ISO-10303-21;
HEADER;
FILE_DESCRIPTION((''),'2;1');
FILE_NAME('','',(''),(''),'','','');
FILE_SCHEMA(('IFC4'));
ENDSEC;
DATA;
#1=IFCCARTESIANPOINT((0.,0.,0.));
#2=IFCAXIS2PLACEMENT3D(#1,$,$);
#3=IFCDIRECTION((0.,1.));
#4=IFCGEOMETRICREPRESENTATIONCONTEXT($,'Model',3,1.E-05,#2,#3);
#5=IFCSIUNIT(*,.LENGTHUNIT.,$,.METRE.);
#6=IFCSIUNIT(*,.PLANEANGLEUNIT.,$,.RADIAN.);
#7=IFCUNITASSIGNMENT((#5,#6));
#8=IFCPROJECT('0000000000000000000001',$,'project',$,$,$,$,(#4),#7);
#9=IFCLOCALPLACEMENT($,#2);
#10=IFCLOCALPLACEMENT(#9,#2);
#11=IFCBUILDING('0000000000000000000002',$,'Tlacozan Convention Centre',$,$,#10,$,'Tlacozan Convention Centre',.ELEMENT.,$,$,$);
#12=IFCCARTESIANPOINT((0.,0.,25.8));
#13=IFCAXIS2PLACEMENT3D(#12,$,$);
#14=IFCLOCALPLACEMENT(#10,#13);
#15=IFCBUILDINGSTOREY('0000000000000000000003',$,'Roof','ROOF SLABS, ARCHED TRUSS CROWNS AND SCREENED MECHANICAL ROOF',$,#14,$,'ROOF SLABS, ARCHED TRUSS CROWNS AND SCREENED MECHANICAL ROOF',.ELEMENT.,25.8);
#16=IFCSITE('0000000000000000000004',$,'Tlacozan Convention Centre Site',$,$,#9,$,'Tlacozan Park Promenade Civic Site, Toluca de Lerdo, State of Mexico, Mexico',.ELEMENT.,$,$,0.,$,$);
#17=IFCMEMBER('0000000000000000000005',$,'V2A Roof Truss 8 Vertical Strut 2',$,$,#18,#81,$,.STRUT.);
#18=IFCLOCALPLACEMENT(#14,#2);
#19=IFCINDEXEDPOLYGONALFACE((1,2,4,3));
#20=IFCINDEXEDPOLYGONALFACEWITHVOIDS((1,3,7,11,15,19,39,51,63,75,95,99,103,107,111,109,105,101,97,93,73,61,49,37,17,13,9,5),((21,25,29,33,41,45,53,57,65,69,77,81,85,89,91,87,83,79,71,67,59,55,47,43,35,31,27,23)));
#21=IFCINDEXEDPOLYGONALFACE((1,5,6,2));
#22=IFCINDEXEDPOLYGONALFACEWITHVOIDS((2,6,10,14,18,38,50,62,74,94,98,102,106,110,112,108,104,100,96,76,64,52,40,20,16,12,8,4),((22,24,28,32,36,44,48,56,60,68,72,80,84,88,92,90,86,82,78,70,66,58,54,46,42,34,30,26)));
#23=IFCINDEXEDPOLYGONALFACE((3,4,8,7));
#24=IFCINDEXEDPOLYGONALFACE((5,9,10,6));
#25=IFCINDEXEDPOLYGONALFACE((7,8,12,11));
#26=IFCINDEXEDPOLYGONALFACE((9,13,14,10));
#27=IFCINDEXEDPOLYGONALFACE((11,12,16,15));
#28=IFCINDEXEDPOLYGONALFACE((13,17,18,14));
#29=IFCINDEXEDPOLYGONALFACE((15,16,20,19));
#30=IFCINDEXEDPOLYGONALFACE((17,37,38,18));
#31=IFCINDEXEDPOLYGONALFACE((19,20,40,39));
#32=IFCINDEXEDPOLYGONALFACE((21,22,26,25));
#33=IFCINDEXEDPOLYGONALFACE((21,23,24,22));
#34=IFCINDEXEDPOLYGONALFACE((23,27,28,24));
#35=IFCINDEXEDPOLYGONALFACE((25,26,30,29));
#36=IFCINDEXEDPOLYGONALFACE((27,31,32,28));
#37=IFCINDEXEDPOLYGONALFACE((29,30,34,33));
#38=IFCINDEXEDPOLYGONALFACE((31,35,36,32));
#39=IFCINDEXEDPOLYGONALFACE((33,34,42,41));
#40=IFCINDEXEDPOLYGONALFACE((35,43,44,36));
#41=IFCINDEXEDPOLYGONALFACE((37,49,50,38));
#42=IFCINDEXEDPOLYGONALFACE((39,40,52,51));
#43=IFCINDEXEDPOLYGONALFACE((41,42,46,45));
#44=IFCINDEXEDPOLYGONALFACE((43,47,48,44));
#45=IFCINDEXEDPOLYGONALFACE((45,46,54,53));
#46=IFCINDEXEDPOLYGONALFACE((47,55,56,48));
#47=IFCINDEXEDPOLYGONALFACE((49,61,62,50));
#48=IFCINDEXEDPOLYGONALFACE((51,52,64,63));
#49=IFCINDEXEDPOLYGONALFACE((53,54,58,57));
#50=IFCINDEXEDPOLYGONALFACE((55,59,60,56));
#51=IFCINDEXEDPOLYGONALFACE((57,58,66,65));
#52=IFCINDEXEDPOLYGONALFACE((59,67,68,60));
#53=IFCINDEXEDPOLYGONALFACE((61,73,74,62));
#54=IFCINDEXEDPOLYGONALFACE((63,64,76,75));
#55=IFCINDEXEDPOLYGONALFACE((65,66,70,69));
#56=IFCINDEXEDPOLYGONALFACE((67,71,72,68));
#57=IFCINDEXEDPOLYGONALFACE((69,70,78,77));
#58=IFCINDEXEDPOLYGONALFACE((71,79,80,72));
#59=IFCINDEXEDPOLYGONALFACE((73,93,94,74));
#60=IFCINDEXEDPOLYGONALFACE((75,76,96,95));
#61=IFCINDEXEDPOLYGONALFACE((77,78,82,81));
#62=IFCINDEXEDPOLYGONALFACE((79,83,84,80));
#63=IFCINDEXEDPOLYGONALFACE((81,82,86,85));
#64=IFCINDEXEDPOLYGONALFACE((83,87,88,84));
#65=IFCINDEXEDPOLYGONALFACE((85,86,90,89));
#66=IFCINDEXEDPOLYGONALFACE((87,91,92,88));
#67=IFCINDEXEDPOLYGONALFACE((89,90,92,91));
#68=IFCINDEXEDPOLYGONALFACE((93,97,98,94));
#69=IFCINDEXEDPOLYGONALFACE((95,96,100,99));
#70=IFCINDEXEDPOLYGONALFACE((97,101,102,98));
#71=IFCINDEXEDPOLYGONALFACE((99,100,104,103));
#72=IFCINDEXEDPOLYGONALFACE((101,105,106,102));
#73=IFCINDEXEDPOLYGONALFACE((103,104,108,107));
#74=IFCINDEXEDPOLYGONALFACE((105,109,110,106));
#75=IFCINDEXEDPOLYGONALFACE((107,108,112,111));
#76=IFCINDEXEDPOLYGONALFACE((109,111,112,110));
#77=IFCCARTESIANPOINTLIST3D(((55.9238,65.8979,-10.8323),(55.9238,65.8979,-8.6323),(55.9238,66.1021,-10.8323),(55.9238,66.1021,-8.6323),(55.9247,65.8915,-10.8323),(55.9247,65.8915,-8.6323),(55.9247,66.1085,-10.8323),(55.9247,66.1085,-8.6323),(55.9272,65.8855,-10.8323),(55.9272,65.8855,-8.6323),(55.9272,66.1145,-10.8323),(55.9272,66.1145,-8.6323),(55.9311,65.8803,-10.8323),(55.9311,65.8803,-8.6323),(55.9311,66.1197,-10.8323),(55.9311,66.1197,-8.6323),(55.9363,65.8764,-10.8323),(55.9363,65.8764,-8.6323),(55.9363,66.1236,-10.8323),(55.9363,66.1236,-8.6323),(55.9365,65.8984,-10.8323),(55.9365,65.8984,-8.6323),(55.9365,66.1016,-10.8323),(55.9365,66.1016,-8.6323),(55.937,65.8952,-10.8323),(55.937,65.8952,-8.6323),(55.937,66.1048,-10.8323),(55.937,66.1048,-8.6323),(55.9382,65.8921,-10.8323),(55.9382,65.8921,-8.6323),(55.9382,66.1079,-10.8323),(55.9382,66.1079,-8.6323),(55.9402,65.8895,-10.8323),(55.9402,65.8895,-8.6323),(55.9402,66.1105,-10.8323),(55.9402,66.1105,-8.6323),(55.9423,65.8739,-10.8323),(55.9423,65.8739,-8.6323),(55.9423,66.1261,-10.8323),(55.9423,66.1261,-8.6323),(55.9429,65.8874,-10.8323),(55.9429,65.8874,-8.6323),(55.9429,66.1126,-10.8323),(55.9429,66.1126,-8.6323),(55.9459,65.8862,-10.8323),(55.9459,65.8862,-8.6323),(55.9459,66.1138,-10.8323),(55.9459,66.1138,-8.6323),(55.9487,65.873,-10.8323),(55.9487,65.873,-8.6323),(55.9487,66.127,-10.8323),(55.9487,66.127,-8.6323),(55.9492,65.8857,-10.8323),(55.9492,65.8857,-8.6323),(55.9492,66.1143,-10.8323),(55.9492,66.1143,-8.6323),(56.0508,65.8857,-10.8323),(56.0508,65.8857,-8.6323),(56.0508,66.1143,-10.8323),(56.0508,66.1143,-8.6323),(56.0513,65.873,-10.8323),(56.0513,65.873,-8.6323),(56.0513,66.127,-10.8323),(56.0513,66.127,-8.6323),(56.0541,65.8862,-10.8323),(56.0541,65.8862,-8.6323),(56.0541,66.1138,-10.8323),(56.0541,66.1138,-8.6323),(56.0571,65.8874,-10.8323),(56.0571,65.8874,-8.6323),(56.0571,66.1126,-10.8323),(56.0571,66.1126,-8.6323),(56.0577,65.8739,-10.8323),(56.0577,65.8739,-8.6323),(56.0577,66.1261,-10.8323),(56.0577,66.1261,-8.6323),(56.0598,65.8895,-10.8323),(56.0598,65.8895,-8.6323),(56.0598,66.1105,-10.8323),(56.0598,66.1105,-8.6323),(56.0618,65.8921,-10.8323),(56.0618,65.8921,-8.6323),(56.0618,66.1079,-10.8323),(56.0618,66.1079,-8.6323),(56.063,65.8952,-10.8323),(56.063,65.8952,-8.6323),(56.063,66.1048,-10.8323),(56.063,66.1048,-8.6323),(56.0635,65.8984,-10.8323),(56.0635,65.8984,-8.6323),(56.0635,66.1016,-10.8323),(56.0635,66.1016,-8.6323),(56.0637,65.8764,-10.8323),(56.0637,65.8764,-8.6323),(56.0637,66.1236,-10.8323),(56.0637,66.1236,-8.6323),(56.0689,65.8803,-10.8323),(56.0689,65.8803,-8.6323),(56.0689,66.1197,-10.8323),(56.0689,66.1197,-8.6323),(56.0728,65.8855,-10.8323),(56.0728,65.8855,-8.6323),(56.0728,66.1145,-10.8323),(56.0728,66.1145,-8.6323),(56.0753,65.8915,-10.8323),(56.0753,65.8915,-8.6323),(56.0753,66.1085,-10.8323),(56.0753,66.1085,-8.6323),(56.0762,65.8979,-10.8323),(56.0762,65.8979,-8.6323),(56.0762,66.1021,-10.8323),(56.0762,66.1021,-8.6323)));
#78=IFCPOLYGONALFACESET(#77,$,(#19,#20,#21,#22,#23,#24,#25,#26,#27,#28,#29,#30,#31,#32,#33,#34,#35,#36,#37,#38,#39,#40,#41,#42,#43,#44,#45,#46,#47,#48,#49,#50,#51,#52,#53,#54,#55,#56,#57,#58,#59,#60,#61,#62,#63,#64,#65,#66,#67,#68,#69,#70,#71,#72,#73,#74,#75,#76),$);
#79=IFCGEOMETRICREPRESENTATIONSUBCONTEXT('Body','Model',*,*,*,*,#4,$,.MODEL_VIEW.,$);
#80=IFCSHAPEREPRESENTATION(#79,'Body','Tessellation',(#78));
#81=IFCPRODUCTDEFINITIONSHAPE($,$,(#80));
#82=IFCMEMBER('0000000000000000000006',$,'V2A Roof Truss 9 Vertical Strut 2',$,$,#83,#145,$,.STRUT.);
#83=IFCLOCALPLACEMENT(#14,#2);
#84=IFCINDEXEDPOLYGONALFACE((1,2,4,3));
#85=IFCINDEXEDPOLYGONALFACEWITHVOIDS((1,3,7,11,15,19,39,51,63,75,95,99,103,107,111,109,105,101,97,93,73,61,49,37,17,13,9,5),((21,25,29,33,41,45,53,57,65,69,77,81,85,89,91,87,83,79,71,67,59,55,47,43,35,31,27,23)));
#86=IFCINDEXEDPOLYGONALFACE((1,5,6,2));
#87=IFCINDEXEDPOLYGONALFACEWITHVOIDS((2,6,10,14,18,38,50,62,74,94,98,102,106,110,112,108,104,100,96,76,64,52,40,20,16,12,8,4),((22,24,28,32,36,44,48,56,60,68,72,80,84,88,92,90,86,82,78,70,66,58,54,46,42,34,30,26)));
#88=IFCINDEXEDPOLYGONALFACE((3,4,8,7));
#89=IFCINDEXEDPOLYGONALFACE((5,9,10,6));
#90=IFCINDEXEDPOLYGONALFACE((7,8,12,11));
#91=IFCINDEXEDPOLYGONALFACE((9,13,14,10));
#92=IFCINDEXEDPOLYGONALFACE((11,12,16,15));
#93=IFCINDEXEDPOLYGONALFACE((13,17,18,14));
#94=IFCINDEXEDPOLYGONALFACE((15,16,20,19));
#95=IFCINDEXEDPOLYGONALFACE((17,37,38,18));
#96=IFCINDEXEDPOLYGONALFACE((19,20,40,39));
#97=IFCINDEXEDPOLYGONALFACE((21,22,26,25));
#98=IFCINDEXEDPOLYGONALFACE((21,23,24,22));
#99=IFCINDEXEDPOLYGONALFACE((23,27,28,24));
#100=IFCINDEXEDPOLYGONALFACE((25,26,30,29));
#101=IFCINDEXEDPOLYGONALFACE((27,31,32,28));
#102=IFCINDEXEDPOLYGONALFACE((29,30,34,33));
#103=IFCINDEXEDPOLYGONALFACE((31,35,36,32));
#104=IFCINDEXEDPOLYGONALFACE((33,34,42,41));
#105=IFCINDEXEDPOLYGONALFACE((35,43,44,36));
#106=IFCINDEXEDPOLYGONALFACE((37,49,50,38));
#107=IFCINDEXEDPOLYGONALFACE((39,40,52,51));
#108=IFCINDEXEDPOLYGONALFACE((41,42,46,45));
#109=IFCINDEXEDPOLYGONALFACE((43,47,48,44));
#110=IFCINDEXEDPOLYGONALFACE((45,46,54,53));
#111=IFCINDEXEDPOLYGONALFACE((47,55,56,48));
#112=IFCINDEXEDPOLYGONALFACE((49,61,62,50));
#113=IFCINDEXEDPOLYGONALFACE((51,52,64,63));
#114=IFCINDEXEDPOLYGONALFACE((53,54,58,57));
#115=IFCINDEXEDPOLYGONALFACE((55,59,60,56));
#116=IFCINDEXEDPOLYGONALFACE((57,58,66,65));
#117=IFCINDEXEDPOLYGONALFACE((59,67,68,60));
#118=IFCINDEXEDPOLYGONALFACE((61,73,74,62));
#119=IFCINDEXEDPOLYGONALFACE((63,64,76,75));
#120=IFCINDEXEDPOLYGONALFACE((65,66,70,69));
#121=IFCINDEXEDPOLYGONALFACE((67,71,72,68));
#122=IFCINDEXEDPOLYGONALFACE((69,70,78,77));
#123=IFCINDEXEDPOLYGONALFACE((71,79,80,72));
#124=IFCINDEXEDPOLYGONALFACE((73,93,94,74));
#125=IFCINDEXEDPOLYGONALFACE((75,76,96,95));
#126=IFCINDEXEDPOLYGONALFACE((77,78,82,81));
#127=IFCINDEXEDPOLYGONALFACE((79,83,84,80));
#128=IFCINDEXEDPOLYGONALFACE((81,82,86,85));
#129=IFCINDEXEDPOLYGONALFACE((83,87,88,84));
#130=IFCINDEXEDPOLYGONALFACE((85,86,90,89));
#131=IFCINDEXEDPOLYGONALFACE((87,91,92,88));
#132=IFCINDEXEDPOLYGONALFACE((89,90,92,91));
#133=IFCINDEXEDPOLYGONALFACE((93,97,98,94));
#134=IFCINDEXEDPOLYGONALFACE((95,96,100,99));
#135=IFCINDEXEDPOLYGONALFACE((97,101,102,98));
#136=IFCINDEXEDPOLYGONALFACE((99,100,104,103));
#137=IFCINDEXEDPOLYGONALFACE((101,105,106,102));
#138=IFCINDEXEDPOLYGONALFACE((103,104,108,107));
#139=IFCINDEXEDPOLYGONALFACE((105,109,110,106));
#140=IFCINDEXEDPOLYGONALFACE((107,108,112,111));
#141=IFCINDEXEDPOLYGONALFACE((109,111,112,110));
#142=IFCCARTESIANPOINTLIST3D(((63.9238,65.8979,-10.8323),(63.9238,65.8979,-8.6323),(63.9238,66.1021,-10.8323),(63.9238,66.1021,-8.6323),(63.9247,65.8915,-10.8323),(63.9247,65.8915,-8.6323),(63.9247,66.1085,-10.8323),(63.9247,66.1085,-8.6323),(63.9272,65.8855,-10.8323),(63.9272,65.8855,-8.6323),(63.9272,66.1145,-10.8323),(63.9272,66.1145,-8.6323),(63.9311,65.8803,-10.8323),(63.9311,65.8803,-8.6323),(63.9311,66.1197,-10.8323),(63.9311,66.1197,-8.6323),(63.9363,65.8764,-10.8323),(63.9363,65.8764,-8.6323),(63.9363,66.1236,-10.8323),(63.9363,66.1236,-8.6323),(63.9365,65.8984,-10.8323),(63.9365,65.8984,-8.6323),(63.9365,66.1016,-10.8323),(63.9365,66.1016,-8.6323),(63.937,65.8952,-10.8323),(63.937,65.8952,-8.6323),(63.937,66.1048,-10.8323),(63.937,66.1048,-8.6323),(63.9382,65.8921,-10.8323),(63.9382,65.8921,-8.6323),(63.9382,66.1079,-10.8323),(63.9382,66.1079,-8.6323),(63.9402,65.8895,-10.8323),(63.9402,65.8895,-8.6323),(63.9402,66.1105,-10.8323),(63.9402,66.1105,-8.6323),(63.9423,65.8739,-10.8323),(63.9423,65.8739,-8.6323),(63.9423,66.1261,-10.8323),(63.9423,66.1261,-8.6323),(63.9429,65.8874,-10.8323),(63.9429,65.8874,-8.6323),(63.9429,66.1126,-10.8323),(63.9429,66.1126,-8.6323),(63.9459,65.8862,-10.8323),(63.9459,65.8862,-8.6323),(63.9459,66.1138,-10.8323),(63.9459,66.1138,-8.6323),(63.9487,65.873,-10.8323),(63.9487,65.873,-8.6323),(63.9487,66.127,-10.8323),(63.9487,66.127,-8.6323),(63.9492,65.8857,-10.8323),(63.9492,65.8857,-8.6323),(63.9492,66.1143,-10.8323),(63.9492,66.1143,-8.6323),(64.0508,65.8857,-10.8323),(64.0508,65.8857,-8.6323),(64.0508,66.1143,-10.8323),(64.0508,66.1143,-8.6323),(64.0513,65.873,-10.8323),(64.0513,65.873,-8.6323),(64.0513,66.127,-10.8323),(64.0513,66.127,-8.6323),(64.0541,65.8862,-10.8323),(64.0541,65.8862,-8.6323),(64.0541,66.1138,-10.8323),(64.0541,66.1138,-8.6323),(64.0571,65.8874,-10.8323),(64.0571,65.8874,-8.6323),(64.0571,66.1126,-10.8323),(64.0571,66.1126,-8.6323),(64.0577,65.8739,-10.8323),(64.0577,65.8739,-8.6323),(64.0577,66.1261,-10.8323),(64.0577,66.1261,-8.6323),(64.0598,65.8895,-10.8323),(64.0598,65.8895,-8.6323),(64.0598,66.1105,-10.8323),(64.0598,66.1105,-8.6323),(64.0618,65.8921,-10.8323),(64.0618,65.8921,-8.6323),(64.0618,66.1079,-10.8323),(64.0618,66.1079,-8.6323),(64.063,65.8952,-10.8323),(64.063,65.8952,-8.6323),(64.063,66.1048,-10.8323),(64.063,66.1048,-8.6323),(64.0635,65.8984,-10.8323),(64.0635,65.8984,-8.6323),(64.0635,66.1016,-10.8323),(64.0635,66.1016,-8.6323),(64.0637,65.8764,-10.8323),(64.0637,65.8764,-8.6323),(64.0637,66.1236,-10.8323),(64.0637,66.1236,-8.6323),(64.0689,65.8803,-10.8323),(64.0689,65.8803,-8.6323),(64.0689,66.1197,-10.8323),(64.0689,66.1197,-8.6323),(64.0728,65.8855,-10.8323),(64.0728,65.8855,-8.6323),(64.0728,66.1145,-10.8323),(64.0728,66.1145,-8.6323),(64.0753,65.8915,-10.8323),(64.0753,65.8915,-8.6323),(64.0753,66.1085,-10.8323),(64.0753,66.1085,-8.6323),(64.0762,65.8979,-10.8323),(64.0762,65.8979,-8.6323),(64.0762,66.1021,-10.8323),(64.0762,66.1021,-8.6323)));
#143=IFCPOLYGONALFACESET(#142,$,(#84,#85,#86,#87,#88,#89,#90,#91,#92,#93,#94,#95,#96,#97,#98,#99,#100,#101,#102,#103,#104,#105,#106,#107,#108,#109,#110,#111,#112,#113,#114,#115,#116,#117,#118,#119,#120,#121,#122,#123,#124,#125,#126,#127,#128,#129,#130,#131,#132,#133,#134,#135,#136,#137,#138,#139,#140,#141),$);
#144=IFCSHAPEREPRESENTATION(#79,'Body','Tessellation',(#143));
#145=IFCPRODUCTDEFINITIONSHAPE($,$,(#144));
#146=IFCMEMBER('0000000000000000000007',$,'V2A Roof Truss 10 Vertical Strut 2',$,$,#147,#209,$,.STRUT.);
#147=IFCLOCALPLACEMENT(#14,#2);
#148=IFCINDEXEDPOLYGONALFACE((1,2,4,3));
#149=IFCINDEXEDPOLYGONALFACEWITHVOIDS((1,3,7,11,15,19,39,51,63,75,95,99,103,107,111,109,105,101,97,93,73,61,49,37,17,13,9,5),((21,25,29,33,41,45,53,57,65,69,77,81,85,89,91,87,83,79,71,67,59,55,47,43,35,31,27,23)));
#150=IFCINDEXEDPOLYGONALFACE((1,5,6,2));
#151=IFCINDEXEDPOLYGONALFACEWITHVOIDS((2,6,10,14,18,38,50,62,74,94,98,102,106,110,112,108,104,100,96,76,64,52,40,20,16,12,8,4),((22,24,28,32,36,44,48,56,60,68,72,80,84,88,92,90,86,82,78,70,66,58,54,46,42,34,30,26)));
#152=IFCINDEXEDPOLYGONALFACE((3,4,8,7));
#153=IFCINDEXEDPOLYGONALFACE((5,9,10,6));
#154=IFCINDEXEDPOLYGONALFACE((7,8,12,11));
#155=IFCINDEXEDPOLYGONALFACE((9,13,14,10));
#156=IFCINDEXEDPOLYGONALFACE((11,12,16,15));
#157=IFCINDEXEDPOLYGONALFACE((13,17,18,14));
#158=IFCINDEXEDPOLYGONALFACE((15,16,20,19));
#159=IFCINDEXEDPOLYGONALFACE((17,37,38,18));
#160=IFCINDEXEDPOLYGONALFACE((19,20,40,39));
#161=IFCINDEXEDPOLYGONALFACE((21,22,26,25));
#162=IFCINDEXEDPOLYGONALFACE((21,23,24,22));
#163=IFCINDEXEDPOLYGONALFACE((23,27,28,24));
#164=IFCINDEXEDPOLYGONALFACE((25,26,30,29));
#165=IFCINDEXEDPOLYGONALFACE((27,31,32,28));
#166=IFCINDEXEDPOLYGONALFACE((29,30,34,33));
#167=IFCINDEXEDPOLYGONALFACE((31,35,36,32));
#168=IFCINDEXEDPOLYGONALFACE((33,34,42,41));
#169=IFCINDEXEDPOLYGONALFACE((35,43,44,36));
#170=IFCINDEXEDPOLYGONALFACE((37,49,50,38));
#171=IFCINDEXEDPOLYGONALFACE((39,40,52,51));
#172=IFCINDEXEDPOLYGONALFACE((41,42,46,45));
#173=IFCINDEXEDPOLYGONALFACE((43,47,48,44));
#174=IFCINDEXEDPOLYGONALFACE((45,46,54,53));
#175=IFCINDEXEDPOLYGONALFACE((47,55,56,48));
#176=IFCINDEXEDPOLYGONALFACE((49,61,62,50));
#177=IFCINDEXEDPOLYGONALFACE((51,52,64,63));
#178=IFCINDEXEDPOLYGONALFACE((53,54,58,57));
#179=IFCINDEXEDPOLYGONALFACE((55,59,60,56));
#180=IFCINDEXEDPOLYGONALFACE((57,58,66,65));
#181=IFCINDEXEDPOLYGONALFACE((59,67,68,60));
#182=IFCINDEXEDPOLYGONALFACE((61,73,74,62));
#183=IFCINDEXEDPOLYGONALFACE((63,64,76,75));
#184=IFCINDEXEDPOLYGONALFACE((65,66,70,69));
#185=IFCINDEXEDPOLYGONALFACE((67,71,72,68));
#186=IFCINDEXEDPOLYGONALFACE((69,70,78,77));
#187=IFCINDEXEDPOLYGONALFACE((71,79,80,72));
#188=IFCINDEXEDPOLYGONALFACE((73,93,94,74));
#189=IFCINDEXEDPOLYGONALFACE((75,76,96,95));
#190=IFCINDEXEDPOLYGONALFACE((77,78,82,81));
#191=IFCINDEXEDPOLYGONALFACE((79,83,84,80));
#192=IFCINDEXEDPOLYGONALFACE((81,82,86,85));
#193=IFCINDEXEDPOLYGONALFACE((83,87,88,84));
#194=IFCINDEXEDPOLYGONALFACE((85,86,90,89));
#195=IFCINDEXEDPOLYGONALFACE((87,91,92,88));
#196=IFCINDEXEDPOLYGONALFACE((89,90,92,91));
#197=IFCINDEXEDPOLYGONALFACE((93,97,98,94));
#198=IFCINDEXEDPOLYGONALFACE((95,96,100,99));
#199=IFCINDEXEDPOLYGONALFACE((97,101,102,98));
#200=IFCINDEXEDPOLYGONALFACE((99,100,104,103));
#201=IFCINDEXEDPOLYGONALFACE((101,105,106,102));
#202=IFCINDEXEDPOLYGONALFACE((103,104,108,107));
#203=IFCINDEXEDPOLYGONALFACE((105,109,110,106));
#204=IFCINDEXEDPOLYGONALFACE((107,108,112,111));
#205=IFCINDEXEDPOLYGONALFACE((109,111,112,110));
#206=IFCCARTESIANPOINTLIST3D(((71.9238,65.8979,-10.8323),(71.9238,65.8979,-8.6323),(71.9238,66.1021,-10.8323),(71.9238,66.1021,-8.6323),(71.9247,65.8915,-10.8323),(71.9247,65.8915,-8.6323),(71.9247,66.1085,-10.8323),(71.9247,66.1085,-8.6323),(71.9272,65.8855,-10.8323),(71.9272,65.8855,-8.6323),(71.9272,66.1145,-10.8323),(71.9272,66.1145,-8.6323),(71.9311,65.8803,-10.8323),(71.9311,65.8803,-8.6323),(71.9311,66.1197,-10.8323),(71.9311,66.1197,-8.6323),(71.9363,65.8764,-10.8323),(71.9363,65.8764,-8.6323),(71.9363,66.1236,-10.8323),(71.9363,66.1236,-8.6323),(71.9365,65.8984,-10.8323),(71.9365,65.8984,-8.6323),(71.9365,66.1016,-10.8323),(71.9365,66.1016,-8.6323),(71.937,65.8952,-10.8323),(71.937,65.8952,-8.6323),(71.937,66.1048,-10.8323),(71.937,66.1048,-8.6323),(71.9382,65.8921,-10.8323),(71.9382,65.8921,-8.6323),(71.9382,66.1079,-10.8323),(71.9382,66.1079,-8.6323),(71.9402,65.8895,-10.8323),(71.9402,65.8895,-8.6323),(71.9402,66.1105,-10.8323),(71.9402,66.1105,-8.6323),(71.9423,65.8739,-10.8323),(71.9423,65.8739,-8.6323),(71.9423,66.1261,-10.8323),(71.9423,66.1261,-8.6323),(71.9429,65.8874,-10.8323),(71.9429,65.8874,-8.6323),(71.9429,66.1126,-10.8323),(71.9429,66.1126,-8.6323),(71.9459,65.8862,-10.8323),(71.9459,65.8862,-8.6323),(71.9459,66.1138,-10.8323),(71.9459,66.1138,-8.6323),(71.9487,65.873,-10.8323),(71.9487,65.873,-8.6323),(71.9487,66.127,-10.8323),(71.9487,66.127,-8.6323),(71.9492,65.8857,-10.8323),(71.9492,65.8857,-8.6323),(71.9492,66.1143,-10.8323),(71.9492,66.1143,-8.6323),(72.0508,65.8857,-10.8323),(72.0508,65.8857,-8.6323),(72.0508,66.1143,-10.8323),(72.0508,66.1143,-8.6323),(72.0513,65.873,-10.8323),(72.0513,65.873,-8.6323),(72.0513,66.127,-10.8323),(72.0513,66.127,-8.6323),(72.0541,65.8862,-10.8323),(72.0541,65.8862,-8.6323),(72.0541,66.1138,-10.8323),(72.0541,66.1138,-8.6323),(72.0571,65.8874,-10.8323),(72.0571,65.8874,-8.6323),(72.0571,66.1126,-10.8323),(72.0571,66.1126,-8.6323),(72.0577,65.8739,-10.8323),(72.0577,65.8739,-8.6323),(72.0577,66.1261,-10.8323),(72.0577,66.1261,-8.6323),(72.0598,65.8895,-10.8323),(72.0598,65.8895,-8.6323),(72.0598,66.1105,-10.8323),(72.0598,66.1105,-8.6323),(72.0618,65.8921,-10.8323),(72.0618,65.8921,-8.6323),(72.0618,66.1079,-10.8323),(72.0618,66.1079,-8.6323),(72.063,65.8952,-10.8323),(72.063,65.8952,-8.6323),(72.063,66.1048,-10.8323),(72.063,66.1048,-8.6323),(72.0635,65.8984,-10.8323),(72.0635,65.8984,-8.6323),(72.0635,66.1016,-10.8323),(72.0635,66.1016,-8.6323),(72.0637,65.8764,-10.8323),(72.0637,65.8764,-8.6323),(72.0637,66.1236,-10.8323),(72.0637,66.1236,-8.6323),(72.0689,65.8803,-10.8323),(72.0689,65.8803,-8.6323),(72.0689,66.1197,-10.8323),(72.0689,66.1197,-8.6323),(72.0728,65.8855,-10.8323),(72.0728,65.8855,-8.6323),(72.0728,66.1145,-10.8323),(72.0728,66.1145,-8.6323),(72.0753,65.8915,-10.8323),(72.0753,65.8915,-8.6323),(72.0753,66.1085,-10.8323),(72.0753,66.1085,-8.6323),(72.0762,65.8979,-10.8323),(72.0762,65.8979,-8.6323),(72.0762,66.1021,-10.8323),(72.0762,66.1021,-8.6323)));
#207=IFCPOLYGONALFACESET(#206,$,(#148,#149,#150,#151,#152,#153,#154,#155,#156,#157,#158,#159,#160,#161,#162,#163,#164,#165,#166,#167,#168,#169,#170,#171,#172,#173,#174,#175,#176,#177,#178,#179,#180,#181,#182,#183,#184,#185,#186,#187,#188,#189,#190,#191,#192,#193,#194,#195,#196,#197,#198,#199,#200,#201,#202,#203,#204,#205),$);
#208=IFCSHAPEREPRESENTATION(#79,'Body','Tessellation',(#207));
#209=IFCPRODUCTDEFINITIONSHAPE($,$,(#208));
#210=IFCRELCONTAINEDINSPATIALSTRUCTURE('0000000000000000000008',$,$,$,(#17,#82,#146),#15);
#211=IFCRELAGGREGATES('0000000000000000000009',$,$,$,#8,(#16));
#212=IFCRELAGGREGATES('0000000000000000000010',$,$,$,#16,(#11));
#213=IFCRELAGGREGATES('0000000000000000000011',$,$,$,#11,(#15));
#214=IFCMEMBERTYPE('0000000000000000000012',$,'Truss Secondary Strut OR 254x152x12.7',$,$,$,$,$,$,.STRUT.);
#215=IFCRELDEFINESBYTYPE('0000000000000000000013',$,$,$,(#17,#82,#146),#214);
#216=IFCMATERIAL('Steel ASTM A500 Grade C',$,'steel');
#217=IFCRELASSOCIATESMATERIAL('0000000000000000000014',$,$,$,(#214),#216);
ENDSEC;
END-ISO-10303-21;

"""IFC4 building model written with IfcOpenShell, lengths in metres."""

from ifc_helpers import new_model, si_unit, direction, frame, origin, origin_2d, place, context, subcontext, project, spatial, hollow_rectangle, extrude, material, material_profile, profile_set, type_object, element, save


model = new_model("IFC4")

# Units and contexts
model_context = context("Model", 3, precision=1e-05, world=origin(), true_north=direction((0.0, 1.0)))
body_context = subcontext(model_context, "Body", "Model", "MODEL_VIEW")
ifc_project = project(units=[si_unit("LENGTHUNIT", "METRE"), si_unit("PLANEANGLEUNIT", "RADIAN")], contexts=[model_context])

# Site, building, storey
site_placement = place(None, origin())
site = spatial("IfcSite", under=ifc_project, at=site_placement, Name="Tlacozan Convention Centre Site", LongName="Tlacozan Park Promenade Civic Site, Toluca de Lerdo, State of Mexico, Mexico", CompositionType="ELEMENT", RefElevation=0.0)
building_placement = place(site_placement, origin())
building = spatial("IfcBuilding", under=site, at=building_placement, Name="Tlacozan Convention Centre", LongName="Tlacozan Convention Centre", CompositionType="ELEMENT")
storey_placement = place(building_placement, frame((0.0, 0.0, 25.8)))
storey = spatial("IfcBuildingStorey", under=building, at=storey_placement, Name="Roof", Description="ROOF SLABS, ARCHED TRUSS CROWNS AND SCREENED MECHANICAL ROOF", LongName="ROOF SLABS, ARCHED TRUSS CROWNS AND SCREENED MECHANICAL ROOF", CompositionType="ELEMENT", Elevation=25.8)

# Members
ifc_material_1 = material(Name="Steel ASTM A500 Grade C", Category="steel")
ifc_material_profile_1 = material_profile(ifc_material_1, hollow_rectangle(XDim=0.1523, YDim=0.2539, WallThickness=0.0127, InnerFilletRadius=0.0127, OuterFilletRadius=0.0249, at=origin_2d()), Name="OR 254x152x12.7")
ifc_profile_set_1 = profile_set([ifc_material_profile_1], Name="Steel ASTM A500 Grade C")
member_type_1 = type_object("IfcMemberType", Name="Truss Secondary Strut OR 254x152x12.7", PredefinedType="STRUT", material=ifc_profile_set_1)
for number, where, z_axis, x_axis, name in (
    (1, (56.0, 66.0, -10.8323), (0.0, 0.0, 1.0), (1.0, 0.0, 0.0), "V2A Roof Truss 8 Vertical Strut 2"),
    (2, (64.0, 66.0, -10.8323), (0.0, 0.0, 1.0), (1.0, 0.0, 0.0), "V2A Roof Truss 9 Vertical Strut 2"),
    (3, (72.0, 66.0, -10.8323), (0.0, 0.0, 1.0), (1.0, 0.0, 0.0), "V2A Roof Truss 10 Vertical Strut 2"),
):
    element("IfcMember", number, at=place(storey_placement, frame(where, z_axis=z_axis, x_axis=x_axis)), inside=storey, type_object=member_type_1, Name=name, PredefinedType="STRUT", context=body_context, shape_type="SweptSolid", body=[
        extrude(hollow_rectangle(XDim=0.1523, YDim=0.2539, WallThickness=0.0127, InnerFilletRadius=0.0127, OuterFilletRadius=0.0249, at=origin_2d()), origin(), (0.0, 0.0, 1.0), 2.2),
    ])

save(model, "model.ifc")
